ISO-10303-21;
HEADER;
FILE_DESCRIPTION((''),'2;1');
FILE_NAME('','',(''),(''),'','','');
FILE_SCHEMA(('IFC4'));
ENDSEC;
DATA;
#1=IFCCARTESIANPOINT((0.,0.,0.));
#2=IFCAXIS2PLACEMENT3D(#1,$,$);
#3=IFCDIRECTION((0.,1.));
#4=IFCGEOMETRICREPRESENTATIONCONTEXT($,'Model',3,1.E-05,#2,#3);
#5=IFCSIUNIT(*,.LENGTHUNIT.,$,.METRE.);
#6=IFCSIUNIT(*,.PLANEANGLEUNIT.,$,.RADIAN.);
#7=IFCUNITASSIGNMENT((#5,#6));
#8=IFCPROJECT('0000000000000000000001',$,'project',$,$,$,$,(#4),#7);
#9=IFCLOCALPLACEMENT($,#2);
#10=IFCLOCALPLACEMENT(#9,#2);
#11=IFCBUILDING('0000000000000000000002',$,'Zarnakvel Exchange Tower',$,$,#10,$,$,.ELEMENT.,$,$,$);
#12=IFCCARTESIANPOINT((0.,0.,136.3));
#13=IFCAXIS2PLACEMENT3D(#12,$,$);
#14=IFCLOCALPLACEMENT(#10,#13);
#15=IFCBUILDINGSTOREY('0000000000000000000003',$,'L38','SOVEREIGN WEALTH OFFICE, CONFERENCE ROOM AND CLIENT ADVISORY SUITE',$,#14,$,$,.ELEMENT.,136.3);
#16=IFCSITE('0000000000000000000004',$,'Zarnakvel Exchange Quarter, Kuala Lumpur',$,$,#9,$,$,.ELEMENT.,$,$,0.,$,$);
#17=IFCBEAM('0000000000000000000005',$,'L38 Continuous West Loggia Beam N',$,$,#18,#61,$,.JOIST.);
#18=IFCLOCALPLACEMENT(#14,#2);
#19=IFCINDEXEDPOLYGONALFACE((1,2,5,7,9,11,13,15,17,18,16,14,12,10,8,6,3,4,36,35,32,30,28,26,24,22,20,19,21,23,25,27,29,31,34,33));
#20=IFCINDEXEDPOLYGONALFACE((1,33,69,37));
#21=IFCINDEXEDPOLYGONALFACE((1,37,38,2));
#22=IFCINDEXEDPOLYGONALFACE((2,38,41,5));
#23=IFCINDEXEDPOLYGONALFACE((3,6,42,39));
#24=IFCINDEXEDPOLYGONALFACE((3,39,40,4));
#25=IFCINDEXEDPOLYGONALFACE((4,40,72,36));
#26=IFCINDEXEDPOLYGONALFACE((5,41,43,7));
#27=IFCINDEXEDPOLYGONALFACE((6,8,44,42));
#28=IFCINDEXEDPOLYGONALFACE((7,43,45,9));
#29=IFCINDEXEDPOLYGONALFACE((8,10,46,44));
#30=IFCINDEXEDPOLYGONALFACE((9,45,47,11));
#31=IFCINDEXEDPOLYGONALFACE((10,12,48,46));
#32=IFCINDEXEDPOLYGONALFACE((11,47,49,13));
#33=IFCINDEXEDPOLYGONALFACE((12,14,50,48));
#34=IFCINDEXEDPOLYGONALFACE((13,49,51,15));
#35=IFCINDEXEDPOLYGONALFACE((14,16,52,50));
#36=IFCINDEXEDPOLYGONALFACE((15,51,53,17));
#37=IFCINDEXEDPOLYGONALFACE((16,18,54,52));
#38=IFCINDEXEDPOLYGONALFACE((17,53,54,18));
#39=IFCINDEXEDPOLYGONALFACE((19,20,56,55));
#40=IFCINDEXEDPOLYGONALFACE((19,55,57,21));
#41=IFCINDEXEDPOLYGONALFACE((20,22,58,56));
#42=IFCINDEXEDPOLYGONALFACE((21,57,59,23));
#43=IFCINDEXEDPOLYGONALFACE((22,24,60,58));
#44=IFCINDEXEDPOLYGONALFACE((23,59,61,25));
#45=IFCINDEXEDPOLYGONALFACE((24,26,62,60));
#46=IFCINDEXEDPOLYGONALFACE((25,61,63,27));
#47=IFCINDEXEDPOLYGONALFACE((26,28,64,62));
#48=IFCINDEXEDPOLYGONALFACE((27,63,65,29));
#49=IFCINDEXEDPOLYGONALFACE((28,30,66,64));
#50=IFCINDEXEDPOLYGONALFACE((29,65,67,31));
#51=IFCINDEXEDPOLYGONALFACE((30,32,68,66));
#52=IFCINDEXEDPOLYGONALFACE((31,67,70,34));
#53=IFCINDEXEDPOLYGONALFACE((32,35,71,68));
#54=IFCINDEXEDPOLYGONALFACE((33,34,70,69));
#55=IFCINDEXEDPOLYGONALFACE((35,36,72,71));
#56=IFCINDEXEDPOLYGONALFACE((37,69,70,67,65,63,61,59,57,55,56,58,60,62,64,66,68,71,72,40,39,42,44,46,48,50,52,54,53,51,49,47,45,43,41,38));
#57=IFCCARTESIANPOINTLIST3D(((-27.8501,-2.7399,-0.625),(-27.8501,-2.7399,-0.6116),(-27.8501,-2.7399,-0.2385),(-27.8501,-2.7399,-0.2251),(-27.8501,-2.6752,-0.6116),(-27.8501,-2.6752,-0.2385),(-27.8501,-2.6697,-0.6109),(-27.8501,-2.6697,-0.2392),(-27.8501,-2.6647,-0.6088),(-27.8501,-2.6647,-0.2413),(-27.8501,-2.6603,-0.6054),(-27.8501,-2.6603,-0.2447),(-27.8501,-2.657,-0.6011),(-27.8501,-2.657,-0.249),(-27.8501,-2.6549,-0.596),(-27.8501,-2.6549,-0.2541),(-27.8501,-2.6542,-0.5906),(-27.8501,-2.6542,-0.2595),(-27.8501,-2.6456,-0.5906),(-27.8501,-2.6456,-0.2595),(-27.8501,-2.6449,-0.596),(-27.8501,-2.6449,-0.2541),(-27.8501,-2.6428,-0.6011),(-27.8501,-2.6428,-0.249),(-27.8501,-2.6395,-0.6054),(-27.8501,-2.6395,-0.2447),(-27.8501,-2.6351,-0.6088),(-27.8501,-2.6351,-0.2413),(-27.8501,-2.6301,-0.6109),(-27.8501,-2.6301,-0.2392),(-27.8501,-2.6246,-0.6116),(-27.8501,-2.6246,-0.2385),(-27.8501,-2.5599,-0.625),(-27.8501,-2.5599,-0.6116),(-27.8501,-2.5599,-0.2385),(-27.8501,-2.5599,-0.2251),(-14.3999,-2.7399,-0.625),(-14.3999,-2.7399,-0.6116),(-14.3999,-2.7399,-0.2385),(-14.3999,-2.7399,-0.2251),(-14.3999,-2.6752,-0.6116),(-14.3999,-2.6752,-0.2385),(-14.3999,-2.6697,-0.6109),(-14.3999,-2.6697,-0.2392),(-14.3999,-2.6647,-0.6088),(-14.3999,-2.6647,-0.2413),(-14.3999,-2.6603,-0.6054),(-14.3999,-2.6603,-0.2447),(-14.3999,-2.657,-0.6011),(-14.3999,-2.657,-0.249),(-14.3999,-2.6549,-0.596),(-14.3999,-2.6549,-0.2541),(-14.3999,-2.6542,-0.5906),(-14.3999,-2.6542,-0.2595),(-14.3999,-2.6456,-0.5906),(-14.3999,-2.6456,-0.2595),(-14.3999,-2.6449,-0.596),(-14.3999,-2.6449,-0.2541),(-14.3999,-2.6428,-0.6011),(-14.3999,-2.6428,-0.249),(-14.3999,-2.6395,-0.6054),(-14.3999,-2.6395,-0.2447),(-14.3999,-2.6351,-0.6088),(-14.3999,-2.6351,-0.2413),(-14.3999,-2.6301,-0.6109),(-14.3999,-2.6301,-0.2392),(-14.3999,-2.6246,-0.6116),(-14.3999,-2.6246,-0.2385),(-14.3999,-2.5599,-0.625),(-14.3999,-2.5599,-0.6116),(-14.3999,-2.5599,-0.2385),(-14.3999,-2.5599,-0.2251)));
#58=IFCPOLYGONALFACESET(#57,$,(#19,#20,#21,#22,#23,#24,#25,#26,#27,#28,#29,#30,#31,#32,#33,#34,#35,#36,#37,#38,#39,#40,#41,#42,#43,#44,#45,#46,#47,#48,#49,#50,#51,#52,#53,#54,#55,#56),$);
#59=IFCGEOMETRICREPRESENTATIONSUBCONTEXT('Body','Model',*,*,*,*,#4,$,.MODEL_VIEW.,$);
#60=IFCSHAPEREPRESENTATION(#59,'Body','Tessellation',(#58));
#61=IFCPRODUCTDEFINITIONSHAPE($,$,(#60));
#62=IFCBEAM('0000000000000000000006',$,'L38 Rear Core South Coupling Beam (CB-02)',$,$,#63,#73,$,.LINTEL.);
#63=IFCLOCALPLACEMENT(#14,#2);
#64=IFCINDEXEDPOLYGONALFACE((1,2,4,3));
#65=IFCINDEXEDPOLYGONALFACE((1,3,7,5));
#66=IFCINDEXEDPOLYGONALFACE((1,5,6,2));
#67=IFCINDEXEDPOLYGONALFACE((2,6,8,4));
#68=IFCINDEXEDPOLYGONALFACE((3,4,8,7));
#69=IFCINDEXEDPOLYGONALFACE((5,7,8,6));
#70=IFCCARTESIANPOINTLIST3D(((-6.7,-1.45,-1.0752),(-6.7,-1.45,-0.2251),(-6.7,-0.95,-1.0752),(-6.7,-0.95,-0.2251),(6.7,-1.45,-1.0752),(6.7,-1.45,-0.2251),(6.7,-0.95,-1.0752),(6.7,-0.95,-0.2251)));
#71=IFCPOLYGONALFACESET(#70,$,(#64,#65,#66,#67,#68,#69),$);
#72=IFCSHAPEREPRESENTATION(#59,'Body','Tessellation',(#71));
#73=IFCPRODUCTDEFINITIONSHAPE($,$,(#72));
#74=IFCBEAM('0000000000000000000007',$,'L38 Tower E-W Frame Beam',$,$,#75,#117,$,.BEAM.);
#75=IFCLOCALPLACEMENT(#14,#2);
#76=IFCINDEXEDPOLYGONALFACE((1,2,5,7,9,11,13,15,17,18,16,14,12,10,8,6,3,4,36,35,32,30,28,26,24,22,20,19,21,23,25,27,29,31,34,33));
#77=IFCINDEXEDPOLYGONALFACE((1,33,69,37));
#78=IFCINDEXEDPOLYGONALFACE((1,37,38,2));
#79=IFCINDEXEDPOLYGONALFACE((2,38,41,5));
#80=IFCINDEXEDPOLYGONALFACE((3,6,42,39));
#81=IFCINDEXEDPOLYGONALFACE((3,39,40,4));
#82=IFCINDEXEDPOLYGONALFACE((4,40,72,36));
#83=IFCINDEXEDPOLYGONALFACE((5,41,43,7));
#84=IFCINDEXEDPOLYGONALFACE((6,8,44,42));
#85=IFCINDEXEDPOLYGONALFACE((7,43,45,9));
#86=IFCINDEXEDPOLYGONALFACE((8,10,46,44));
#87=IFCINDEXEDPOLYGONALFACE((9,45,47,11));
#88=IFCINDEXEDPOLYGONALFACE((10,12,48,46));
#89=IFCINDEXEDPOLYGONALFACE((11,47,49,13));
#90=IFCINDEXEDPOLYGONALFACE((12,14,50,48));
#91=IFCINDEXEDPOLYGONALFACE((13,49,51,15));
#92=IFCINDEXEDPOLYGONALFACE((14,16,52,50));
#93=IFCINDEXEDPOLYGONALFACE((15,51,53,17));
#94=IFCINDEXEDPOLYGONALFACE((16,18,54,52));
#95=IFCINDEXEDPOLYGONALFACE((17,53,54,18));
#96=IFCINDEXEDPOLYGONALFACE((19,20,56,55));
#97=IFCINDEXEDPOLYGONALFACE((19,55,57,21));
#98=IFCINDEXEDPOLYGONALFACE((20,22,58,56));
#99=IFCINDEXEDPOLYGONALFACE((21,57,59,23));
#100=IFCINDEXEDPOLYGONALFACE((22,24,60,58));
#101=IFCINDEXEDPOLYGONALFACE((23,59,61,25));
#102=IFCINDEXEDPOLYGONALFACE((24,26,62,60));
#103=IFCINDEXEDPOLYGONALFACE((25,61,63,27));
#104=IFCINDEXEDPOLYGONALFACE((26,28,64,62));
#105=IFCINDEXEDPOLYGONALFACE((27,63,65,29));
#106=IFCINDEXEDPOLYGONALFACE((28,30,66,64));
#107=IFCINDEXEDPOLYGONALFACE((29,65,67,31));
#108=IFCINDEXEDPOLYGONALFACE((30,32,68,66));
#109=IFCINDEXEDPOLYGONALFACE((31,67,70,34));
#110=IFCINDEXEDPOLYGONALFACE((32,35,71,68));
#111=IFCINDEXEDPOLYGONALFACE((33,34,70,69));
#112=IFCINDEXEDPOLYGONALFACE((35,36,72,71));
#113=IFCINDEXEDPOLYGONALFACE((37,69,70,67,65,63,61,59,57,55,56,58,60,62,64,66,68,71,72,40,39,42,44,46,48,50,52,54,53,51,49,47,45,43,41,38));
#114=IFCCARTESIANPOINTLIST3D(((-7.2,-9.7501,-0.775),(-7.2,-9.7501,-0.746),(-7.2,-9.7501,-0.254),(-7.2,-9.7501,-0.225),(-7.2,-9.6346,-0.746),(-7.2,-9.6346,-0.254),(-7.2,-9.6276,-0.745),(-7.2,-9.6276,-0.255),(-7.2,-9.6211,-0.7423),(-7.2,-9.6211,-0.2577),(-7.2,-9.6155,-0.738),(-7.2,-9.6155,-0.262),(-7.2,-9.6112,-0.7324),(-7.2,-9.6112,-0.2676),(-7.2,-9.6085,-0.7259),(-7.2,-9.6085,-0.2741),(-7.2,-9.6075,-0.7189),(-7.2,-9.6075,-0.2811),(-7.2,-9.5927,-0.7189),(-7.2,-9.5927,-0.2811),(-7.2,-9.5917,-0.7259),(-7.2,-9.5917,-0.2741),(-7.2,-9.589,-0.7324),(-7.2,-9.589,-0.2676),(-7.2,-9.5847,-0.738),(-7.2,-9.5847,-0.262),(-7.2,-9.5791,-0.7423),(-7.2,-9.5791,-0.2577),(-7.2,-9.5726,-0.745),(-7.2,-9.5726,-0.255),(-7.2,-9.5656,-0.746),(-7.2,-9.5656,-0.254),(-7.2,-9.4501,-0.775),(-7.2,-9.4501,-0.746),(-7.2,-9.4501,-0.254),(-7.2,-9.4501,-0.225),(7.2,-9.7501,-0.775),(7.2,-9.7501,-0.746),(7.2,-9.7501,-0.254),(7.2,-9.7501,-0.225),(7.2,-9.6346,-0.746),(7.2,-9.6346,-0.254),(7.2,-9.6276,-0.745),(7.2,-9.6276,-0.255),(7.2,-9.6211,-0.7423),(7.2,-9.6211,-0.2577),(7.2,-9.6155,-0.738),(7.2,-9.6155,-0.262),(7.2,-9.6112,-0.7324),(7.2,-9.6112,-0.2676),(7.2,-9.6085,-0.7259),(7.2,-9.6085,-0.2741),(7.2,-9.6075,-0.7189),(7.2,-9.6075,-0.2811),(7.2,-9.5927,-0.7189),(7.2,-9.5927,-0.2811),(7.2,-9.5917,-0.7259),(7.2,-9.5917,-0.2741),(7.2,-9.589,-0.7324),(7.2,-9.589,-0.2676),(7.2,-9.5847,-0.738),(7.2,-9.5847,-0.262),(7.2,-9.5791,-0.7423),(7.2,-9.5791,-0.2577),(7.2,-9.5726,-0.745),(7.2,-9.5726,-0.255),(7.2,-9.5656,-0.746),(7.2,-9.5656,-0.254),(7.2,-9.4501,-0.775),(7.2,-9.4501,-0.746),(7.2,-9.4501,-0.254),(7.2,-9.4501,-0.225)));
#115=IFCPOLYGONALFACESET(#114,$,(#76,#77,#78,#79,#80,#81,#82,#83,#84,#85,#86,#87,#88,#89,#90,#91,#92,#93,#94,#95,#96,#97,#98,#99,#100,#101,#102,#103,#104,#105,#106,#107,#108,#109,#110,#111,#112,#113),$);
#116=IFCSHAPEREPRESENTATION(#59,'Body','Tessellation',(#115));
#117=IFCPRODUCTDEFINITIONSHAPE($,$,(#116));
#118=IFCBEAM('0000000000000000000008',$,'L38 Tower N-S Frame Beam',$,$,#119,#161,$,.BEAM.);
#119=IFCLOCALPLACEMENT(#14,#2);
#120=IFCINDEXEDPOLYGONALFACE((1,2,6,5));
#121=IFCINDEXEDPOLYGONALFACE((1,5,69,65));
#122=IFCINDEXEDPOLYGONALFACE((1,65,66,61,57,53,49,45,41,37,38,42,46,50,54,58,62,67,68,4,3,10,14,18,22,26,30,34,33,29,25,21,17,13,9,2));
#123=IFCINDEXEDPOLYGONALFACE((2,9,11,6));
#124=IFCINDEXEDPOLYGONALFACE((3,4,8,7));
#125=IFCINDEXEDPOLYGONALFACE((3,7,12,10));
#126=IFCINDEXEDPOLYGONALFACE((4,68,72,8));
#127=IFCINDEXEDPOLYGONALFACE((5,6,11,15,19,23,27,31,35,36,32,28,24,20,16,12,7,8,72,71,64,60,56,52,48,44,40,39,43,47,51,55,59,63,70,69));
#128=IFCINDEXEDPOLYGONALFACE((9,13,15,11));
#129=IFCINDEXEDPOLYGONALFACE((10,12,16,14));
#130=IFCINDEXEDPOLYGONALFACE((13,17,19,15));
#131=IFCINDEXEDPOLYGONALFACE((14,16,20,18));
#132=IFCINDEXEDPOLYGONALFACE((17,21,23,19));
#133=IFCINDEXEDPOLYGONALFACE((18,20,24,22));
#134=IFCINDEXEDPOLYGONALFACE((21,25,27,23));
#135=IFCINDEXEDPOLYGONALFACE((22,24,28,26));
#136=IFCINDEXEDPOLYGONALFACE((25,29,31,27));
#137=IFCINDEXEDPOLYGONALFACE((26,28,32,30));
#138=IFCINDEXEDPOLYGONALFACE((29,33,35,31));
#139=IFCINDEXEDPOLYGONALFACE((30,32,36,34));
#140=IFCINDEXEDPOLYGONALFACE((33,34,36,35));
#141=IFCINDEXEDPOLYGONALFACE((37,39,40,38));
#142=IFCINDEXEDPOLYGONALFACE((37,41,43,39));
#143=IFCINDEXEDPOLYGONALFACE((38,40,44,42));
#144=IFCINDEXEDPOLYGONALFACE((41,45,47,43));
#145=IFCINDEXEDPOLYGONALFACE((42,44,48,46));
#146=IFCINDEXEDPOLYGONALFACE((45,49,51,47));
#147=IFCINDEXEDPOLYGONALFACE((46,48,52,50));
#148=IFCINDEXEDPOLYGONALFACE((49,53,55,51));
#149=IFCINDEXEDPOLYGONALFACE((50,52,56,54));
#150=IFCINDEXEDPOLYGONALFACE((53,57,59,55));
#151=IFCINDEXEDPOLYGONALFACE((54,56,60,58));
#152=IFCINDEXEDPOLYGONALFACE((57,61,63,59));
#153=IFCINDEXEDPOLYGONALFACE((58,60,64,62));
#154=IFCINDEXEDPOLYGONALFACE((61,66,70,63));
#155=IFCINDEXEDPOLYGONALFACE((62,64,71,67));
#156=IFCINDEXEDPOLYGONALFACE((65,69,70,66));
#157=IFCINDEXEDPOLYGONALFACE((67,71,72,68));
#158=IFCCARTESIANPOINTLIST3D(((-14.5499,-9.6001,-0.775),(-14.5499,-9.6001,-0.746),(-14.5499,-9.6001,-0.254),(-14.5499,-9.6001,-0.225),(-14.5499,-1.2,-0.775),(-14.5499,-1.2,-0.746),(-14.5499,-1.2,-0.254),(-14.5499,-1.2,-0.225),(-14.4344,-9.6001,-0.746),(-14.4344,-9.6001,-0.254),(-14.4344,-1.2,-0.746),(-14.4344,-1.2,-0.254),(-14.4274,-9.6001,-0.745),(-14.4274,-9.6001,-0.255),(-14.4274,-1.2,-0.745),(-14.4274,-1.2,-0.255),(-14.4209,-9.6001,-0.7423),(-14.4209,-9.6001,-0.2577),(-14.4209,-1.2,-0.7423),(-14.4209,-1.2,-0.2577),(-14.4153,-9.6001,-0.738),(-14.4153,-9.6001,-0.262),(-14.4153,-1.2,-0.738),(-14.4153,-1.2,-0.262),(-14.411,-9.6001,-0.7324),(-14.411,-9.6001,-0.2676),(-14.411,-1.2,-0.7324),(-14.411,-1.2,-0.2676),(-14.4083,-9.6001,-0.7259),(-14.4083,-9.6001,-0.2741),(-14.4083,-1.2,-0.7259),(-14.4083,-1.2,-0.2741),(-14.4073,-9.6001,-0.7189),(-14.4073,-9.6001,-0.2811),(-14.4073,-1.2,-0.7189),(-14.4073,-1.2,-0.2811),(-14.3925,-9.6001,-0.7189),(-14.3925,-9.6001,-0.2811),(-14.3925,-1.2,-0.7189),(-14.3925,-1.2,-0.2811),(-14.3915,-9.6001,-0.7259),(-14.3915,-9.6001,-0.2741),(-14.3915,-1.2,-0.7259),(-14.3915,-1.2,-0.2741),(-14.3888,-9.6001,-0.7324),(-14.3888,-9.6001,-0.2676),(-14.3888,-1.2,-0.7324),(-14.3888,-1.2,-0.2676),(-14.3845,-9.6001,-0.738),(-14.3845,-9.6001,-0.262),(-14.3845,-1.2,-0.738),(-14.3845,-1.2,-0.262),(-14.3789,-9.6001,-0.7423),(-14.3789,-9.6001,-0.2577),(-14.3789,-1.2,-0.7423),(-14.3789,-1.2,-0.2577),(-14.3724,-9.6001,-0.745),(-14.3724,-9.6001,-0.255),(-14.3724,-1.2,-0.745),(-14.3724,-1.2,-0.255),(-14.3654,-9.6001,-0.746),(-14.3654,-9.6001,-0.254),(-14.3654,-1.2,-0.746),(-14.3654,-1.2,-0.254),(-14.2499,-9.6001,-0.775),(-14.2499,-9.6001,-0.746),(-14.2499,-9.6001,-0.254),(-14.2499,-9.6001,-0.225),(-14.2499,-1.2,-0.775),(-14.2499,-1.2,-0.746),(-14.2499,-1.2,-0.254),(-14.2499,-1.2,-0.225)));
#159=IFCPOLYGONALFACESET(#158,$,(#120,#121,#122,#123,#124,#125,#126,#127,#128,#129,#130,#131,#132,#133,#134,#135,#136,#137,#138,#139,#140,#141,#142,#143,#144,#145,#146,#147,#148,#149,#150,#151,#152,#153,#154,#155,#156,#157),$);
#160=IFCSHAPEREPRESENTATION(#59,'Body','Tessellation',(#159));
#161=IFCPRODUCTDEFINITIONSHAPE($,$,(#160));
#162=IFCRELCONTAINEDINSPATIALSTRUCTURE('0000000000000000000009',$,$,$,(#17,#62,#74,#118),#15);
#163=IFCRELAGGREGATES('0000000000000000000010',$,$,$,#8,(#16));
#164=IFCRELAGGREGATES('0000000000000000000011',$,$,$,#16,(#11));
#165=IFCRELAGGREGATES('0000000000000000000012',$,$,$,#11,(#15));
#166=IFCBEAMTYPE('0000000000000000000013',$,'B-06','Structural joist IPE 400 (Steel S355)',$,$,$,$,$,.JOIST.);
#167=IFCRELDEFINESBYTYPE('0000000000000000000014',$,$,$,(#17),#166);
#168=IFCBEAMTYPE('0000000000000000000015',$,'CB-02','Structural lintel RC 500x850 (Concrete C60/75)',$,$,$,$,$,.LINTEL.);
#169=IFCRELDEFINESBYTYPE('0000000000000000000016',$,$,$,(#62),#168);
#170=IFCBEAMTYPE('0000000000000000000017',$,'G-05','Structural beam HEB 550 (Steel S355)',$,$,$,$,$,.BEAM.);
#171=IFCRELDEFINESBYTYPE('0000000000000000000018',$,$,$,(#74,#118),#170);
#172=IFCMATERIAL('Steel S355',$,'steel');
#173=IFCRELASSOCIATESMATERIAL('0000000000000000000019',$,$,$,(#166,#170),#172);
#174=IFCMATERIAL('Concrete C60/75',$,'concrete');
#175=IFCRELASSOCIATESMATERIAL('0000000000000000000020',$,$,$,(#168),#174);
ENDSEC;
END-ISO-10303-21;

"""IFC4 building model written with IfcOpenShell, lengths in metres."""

from ifc_helpers import new_model, si_unit, direction, frame, origin, origin_2d, place, context, subcontext, project, spatial, rectangle, i_section, extrude, material, material_profile, profile_set, type_object, element, save


model = new_model("IFC4")

# Units and contexts
model_context = context("Model", 3, precision=1e-05, world=origin(), true_north=direction((0.0, 1.0)))
body_context = subcontext(model_context, "Body", "Model", "MODEL_VIEW")
ifc_project = project(units=[si_unit("LENGTHUNIT", "METRE"), si_unit("PLANEANGLEUNIT", "RADIAN")], contexts=[model_context])

# Site, building, storey
site_placement = place(None, origin())
site = spatial("IfcSite", under=ifc_project, at=site_placement, Name="Zarnakvel Exchange Quarter, Kuala Lumpur", CompositionType="ELEMENT", RefElevation=0.0)
building_placement = place(site_placement, origin())
building = spatial("IfcBuilding", under=site, at=building_placement, Name="Zarnakvel Exchange Tower", CompositionType="ELEMENT")
storey_placement = place(building_placement, frame((0.0, 0.0, 136.3)))
storey = spatial("IfcBuildingStorey", under=building, at=storey_placement, Name="L38", Description="SOVEREIGN WEALTH OFFICE, CONFERENCE ROOM AND CLIENT ADVISORY SUITE", CompositionType="ELEMENT", Elevation=136.3)

# Shared definitions
ifc_material_1 = material(Name="Concrete C60/75", Category="concrete")

# Beams
ifc_material_2 = material(Name="Steel S355", Category="steel")
ifc_material_profile_1 = material_profile(ifc_material_2, i_section(OverallWidth=0.1799, OverallDepth=0.3999, WebThickness=0.0085, FlangeThickness=0.0134, FilletRadius=0.021, at=origin_2d()))
ifc_profile_set_1 = profile_set([ifc_material_profile_1], Name="Steel S355")
beam_type_1 = type_object("IfcBeamType", Name="B-06", Description="Structural joist IPE 400 (Steel S355)", PredefinedType="JOIST", material=ifc_profile_set_1)
for number, where, z_axis, x_axis, name in (
    (1, (-14.3999, -2.6499, -0.425), (-1.0, 0.0, 0.0), (0.0, -1.0, 0.0), "L38 Continuous West Loggia Beam N"),
):
    element("IfcBeam", number, at=place(storey_placement, frame(where, z_axis=z_axis, x_axis=x_axis)), inside=storey, type_object=beam_type_1, Name=name, PredefinedType="JOIST", context=body_context, shape_type="SweptSolid", body=[
        extrude(i_section(OverallWidth=0.1799, OverallDepth=0.3999, WebThickness=0.0085, FlangeThickness=0.0134, FilletRadius=0.021, at=origin_2d()), origin(), (0.0, 0.0, 1.0), 13.4502),
    ])
ifc_material_profile_2 = material_profile(ifc_material_1, rectangle(XDim=0.5, YDim=0.8501, at=origin_2d()))
ifc_profile_set_2 = profile_set([ifc_material_profile_2], Name="Concrete C60/75")
beam_type_2 = type_object("IfcBeamType", Name="CB-02", Description="Structural lintel RC 500x850 (Concrete C60/75)", PredefinedType="LINTEL", material=ifc_profile_set_2)
beam_1_placement = place(storey_placement, frame((-6.7, -1.2, -0.6501), z_axis=(1.0, 0.0, 0.0), x_axis=(0.0, 1.0, 0.0)))
element("IfcBeam", 2, at=beam_1_placement, inside=storey, type_object=beam_type_2, Name="L38 Rear Core South Coupling Beam (CB-02)", PredefinedType="LINTEL", context=body_context, shape_type="SweptSolid", body=[
    extrude(rectangle(XDim=0.5, YDim=0.8501, at=origin_2d()), origin(), (0.0, 0.0, 1.0), 13.3999),
])
ifc_material_profile_3 = material_profile(ifc_material_2, i_section(OverallWidth=0.3, OverallDepth=0.55, WebThickness=0.0149, FlangeThickness=0.0291, FilletRadius=0.0271, at=origin_2d()))
ifc_profile_set_3 = profile_set([ifc_material_profile_3], Name="Steel S355")
beam_type_3 = type_object("IfcBeamType", Name="G-05", Description="Structural beam HEB 550 (Steel S355)", PredefinedType="BEAM", material=ifc_profile_set_3)
beam_2_placement = place(storey_placement, frame((-7.2, -9.6001, -0.5), z_axis=(1.0, 0.0, 0.0), x_axis=(0.0, 1.0, 0.0)))
element("IfcBeam", 3, at=beam_2_placement, inside=storey, type_object=beam_type_3, Name="L38 Tower E-W Frame Beam", PredefinedType="BEAM", context=body_context, shape_type="SweptSolid", body=[
    extrude(i_section(OverallWidth=0.3, OverallDepth=0.55, WebThickness=0.0149, FlangeThickness=0.0291, FilletRadius=0.0271, at=origin_2d()), origin(), (0.0, 0.0, 1.0), 14.3999),
])
for number, where, z_axis, x_axis, name in (
    (4, (-14.3999, -9.6001, -0.5), (0.0, 1.0, 0.0), (-1.0, 0.0, 0.0), "L38 Tower N-S Frame Beam"),
):
    element("IfcBeam", number, at=place(storey_placement, frame(where, z_axis=z_axis, x_axis=x_axis)), inside=storey, type_object=beam_type_3, Name=name, PredefinedType="BEAM", context=body_context, shape_type="SweptSolid", body=[
        extrude(i_section(OverallWidth=0.3, OverallDepth=0.55, WebThickness=0.0149, FlangeThickness=0.0291, FilletRadius=0.0271, at=origin_2d()), origin(), (0.0, 0.0, 1.0), 8.4001),
    ])

save(model, "model.ifc")
